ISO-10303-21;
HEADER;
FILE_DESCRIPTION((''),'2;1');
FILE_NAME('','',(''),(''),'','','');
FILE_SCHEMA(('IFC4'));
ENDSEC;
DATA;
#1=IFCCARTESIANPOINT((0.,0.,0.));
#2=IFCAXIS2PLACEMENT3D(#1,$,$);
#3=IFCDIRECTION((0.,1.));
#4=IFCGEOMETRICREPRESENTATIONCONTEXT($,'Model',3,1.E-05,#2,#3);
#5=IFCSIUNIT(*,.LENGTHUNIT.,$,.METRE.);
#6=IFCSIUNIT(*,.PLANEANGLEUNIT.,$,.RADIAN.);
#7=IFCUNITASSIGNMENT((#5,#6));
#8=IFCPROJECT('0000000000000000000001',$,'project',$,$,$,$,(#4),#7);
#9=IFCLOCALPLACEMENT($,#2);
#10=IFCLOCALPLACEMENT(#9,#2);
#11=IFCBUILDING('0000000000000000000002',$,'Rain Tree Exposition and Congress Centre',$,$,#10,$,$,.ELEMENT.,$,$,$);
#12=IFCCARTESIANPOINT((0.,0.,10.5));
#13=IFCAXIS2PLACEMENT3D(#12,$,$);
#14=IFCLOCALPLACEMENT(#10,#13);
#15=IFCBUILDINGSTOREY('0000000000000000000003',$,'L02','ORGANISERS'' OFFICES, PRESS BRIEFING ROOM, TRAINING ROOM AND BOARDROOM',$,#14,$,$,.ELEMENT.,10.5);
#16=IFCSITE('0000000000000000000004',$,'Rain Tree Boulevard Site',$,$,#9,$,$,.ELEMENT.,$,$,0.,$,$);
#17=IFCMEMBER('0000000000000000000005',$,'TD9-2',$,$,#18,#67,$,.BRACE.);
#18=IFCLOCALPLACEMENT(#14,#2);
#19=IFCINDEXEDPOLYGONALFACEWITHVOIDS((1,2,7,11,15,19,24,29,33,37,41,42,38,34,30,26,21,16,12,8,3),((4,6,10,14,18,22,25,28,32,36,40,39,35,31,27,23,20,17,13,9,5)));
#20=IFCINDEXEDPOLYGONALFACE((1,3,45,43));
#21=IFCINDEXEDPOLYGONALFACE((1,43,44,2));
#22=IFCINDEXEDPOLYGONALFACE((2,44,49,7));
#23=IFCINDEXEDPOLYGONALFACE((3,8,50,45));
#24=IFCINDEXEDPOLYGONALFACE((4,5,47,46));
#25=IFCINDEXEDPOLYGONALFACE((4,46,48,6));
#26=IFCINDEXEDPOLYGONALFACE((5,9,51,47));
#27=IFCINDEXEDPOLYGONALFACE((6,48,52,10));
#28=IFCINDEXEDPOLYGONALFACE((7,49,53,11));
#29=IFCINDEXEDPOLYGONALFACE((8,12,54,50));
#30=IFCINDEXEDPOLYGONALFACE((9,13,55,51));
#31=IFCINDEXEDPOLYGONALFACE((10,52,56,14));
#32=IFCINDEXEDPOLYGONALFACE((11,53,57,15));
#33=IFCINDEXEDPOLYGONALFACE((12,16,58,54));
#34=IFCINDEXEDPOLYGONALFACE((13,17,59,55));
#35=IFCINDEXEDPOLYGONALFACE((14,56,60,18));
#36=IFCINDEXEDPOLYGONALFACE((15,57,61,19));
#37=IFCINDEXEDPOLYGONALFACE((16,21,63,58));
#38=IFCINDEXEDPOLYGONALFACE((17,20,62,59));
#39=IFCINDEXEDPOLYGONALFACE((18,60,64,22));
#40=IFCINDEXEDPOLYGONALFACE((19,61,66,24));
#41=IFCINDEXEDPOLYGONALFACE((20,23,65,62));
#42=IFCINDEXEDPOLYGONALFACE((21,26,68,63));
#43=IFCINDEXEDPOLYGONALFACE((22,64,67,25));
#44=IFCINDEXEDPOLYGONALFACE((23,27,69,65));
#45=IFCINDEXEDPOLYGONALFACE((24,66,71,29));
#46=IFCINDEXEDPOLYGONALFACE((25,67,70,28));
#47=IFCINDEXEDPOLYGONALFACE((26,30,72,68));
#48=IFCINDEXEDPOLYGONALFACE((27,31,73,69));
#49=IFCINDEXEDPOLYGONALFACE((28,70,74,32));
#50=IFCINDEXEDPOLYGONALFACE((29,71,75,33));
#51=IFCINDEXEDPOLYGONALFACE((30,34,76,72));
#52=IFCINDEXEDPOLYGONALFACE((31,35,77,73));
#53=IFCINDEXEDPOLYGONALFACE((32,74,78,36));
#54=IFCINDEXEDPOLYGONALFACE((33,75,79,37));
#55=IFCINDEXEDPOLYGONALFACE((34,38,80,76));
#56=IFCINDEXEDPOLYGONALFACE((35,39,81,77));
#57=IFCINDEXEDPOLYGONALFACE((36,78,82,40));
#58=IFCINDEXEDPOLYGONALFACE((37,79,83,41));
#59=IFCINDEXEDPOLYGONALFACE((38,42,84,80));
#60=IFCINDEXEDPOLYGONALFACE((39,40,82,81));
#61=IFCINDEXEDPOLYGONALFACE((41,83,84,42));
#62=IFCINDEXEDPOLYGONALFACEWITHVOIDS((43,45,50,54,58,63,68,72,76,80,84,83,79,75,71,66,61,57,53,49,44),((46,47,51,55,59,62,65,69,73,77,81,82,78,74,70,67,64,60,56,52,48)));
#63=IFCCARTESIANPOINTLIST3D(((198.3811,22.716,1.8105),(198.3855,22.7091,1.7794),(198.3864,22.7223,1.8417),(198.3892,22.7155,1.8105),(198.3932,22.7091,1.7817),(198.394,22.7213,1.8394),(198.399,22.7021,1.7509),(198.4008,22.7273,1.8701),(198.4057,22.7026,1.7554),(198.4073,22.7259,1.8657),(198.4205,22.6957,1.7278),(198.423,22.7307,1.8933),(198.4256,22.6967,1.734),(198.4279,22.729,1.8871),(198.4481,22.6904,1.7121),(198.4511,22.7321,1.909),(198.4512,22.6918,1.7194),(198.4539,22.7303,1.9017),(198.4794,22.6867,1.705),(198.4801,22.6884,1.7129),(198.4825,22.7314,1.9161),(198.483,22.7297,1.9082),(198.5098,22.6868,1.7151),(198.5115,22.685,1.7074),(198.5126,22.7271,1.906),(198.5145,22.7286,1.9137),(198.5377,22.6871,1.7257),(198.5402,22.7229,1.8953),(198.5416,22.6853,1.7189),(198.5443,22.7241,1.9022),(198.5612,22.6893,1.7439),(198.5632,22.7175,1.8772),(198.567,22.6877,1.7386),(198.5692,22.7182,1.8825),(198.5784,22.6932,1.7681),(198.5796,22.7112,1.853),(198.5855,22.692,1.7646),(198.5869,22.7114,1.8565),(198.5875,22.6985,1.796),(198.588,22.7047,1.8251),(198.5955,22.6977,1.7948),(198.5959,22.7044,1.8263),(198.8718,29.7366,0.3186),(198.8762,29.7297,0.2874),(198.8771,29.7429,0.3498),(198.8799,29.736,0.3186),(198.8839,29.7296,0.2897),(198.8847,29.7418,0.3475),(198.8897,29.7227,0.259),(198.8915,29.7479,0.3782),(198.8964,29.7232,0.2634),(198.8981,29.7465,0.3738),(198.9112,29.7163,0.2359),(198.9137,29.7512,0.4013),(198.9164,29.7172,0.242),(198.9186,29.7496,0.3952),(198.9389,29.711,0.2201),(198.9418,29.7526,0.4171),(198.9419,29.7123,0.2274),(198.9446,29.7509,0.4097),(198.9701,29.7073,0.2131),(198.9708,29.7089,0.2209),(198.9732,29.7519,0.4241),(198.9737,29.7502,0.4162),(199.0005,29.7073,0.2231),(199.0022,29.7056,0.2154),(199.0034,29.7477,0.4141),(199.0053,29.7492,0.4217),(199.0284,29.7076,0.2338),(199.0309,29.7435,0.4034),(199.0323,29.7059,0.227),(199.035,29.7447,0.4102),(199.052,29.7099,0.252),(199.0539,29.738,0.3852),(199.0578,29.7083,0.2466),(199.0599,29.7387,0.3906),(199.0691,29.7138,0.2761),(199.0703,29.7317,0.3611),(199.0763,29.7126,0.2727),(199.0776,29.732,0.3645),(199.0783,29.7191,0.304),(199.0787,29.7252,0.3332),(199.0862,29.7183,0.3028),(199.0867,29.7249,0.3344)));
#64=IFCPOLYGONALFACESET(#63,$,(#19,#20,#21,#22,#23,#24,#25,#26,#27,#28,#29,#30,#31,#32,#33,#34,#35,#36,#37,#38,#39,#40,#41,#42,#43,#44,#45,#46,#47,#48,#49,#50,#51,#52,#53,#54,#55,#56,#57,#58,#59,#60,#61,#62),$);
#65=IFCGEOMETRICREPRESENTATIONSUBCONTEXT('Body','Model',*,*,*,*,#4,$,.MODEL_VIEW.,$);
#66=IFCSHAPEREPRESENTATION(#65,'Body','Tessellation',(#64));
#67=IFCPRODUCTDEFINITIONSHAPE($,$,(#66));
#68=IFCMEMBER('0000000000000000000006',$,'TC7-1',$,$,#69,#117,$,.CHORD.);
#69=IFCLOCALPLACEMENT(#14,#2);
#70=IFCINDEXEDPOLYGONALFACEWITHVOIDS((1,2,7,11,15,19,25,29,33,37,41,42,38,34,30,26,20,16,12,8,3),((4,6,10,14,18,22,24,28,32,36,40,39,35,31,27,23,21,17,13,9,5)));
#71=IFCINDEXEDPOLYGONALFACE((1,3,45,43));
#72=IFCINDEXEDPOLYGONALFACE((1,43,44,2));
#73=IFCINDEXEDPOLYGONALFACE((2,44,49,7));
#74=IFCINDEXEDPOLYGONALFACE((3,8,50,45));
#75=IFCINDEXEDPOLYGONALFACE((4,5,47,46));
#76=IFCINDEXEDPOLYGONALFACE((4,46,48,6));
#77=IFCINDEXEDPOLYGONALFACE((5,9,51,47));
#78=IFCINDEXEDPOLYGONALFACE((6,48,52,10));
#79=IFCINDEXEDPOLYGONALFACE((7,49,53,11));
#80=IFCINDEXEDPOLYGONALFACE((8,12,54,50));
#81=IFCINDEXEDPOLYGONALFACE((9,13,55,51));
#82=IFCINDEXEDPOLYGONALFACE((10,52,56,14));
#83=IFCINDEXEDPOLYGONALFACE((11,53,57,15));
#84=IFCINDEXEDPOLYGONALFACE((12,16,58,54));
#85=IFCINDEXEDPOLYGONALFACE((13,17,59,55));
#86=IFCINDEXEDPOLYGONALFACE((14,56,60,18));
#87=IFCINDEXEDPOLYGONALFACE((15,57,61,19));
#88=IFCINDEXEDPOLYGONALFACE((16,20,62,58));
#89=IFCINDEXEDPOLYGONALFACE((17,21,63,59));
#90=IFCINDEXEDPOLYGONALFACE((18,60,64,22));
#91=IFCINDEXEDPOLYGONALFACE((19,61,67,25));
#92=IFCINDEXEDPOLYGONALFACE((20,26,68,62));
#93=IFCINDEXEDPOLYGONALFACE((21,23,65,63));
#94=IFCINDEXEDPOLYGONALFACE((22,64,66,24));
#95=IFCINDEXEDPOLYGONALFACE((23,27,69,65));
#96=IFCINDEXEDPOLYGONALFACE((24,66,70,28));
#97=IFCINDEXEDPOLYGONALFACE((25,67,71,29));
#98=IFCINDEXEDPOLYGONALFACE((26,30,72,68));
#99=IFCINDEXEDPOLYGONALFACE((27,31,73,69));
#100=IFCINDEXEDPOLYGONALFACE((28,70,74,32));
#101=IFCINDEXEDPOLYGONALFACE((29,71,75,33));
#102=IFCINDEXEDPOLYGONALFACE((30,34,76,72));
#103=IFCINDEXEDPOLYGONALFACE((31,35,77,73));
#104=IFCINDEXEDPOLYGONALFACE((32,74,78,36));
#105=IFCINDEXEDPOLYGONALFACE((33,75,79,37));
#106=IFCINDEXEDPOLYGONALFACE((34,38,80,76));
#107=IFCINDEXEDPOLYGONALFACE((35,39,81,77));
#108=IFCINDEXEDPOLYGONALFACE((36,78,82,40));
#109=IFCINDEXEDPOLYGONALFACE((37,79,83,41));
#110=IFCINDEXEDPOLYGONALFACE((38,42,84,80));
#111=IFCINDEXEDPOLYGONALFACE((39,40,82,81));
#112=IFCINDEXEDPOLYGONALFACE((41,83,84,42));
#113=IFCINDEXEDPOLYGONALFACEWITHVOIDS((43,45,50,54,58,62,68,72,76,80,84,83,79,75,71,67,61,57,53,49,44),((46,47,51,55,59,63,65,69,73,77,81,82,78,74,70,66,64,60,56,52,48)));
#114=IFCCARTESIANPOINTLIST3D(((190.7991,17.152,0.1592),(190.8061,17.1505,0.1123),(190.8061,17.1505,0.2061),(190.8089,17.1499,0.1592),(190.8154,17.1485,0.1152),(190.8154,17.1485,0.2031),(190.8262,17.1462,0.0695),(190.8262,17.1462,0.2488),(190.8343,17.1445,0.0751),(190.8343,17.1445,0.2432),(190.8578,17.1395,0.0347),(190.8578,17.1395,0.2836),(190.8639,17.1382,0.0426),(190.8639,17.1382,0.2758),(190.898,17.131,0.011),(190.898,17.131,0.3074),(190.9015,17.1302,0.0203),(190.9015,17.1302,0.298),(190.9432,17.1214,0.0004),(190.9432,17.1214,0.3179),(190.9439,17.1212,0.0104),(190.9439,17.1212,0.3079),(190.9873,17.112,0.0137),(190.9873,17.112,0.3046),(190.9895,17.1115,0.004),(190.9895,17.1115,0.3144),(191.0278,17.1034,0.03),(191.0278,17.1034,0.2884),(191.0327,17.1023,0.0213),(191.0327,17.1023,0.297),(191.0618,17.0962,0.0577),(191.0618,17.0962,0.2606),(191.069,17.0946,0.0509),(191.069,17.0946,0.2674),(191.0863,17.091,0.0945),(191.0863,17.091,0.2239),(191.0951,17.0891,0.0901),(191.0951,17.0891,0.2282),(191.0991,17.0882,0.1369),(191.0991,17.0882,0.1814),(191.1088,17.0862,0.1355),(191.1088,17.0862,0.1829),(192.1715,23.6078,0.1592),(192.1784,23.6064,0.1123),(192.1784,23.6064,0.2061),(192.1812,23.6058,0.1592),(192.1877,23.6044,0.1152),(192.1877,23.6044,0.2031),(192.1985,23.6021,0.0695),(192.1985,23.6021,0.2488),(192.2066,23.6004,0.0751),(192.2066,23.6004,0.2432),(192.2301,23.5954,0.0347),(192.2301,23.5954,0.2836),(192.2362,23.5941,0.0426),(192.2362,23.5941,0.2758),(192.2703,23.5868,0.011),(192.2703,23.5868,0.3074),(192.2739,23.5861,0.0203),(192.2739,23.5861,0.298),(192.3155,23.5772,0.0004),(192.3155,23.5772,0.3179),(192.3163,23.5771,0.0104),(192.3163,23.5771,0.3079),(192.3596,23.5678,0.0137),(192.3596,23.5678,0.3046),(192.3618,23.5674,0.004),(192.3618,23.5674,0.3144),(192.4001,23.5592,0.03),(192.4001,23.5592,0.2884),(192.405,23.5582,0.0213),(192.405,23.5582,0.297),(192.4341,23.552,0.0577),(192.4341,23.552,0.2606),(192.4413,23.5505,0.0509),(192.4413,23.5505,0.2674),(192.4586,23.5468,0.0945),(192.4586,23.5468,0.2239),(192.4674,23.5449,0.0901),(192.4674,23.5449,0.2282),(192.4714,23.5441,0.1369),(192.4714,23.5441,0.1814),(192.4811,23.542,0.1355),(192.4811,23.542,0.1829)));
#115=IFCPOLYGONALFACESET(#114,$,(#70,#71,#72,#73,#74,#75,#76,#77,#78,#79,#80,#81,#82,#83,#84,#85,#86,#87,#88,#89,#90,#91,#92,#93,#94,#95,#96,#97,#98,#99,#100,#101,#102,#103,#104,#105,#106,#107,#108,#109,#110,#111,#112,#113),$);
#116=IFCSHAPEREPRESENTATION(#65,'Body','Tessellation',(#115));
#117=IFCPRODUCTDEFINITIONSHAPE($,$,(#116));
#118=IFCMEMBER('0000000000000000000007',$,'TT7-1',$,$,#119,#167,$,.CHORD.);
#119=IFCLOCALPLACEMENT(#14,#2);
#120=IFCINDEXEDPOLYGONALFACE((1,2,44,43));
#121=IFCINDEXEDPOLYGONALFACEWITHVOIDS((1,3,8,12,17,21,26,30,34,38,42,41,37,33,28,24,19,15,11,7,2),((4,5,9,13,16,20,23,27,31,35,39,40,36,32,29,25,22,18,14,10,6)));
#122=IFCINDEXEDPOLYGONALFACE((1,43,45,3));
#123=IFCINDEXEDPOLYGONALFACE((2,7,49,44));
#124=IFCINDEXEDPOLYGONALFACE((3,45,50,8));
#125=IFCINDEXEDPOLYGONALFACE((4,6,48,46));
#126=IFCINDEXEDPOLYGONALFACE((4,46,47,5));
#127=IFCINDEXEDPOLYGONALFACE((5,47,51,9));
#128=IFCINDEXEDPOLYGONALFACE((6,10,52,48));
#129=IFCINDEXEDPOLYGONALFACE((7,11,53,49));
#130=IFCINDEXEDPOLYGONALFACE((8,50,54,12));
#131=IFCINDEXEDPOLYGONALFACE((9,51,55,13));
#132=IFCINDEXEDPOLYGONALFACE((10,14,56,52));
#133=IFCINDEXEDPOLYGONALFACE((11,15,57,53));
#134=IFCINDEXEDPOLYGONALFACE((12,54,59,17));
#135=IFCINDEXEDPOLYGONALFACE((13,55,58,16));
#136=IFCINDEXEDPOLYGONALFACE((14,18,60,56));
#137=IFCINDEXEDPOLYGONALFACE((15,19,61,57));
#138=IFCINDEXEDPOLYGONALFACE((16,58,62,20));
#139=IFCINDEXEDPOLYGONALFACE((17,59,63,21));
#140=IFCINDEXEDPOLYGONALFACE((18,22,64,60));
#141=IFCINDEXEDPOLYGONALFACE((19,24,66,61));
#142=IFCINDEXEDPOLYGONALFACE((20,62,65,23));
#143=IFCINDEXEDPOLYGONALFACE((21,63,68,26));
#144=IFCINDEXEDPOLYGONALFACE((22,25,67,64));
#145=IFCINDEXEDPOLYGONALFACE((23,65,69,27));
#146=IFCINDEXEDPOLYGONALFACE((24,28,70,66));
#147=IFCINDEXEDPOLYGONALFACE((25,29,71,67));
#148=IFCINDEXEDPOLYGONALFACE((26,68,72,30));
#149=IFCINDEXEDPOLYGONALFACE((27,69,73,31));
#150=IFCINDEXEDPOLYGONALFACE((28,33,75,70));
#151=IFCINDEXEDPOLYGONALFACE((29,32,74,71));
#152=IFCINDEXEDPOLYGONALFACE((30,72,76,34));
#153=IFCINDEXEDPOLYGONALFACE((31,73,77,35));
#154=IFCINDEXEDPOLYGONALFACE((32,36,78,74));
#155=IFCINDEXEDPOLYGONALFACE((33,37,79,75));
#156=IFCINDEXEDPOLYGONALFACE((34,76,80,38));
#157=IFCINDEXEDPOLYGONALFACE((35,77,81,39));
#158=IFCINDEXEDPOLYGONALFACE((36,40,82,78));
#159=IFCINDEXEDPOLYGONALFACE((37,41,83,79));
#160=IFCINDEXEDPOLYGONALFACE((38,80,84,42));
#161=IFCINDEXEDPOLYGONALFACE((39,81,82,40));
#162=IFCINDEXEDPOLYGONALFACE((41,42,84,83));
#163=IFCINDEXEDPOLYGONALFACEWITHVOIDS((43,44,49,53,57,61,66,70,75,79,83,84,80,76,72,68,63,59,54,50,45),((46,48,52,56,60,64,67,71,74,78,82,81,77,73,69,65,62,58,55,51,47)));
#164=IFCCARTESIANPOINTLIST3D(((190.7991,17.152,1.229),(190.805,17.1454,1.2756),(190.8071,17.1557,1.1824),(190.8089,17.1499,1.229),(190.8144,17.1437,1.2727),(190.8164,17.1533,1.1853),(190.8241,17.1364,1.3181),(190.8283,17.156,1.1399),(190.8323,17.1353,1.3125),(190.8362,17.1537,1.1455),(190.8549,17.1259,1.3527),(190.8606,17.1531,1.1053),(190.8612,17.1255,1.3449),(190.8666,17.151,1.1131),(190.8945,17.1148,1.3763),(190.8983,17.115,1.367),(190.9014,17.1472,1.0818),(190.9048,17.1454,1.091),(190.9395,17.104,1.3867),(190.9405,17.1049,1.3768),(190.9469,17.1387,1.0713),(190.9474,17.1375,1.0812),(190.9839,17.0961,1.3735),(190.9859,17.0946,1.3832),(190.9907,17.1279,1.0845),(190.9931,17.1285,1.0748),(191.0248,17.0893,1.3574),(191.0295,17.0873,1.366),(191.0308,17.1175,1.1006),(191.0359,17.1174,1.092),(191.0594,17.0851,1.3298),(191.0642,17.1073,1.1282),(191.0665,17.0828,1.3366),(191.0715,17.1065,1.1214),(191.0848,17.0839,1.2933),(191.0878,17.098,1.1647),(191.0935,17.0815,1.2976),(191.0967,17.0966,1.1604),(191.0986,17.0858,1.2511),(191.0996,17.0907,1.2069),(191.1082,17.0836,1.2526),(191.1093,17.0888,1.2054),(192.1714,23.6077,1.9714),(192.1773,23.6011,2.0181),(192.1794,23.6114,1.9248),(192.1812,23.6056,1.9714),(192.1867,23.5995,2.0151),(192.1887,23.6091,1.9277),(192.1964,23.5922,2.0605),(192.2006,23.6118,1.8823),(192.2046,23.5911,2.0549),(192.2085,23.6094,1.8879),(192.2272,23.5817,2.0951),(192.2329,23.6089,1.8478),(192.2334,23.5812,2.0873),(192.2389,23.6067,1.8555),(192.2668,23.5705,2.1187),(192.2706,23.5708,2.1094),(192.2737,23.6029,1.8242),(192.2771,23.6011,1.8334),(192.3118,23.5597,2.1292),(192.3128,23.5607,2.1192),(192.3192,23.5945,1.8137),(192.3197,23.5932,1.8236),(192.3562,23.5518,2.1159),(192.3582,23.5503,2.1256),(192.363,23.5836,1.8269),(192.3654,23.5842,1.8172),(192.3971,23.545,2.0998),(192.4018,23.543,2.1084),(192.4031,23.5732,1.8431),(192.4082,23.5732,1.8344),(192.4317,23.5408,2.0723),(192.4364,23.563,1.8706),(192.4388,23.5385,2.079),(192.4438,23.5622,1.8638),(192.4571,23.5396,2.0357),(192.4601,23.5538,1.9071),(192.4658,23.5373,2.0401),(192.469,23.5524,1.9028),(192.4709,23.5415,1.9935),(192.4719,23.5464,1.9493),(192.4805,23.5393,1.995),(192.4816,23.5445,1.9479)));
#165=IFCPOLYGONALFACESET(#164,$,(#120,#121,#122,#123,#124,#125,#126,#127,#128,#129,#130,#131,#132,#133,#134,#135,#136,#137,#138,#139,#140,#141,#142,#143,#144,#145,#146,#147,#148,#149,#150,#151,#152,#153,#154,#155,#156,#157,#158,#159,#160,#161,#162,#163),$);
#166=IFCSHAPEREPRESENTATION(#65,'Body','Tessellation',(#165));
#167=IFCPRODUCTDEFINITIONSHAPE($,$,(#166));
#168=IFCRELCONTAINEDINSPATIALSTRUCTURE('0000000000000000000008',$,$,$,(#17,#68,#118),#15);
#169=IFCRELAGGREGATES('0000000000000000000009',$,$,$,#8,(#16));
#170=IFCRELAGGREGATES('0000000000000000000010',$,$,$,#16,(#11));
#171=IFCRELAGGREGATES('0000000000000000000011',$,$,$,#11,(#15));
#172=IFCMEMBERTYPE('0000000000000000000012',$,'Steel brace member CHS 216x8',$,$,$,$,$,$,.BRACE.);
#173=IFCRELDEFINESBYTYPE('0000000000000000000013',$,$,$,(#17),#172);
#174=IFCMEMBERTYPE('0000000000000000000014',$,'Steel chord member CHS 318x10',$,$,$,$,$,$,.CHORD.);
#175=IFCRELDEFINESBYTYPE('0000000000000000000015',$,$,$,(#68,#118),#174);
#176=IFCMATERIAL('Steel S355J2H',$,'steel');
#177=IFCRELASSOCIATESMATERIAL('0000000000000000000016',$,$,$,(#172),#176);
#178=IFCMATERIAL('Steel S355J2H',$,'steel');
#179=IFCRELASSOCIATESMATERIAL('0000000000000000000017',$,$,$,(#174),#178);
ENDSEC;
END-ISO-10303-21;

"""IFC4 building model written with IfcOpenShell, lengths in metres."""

from ifc_helpers import new_model, si_unit, direction, frame, origin, origin_2d, place, context, subcontext, project, spatial, hollow_circle, extrude, material, material_profile, profile_set, type_object, element, save


model = new_model("IFC4")

# Units and contexts
model_context = context("Model", 3, precision=1e-05, world=origin(), true_north=direction((0.0, 1.0)))
body_context = subcontext(model_context, "Body", "Model", "MODEL_VIEW")
ifc_project = project(units=[si_unit("LENGTHUNIT", "METRE"), si_unit("PLANEANGLEUNIT", "RADIAN")], contexts=[model_context])

# Site, building, storey
site_placement = place(None, origin())
site = spatial("IfcSite", under=ifc_project, at=site_placement, Name="Rain Tree Boulevard Site", CompositionType="ELEMENT", RefElevation=0.0)
building_placement = place(site_placement, origin())
building = spatial("IfcBuilding", under=site, at=building_placement, Name="Rain Tree Exposition and Congress Centre", CompositionType="ELEMENT")
storey_placement = place(building_placement, frame((0.0, 0.0, 10.5)))
storey = spatial("IfcBuildingStorey", under=building, at=storey_placement, Name="L02", Description="ORGANISERS' OFFICES, PRESS BRIEFING ROOM, TRAINING ROOM AND BOARDROOM", CompositionType="ELEMENT", Elevation=10.5)

# Members
ifc_material_1 = material(Name="Steel S355J2H", Category="steel")
ifc_material_profile_1 = material_profile(ifc_material_1, hollow_circle(Radius=0.1082, WallThickness=0.0081, at=origin_2d()), Name="CHS 216x8")
ifc_profile_set_1 = profile_set([ifc_material_profile_1], Name="Steel S355J2H")
member_type_1 = type_object("IfcMemberType", Name="Steel brace member CHS 216x8", PredefinedType="BRACE", material=ifc_profile_set_1)
member_1_placement = place(storey_placement, frame((198.489, 22.7085, 1.8105), z_axis=(0.068212, 0.975878, -0.207386), x_axis=(-0.997566, 0.069728, 0.0)))
element("IfcMember", 1, at=member_1_placement, inside=storey, type_object=member_type_1, Name="TD9-2", PredefinedType="BRACE", context=body_context, shape_type="SweptSolid", body=[
    extrude(hollow_circle(Radius=0.1082, WallThickness=0.0081, at=origin_2d()), origin(), (0.0, 0.0, 1.0), 7.1941),
])
ifc_material_2 = material(Name="Steel S355J2H", Category="steel")
ifc_material_profile_2 = material_profile(ifc_material_2, hollow_circle(Radius=0.1592, WallThickness=0.01, at=origin_2d()), Name="CHS 318x10")
ifc_profile_set_2 = profile_set([ifc_material_profile_2], Name="Steel S355J2H")
member_type_2 = type_object("IfcMemberType", Name="Steel chord member CHS 318x10", PredefinedType="CHORD", material=ifc_profile_set_2)
member_2_placement = place(storey_placement, frame((190.9548, 17.1189, 0.1592), z_axis=(0.207925, 0.978145, 0.0), x_axis=(-0.978145, 0.207925, 0.0)))
element("IfcMember", 2, at=member_2_placement, inside=storey, type_object=member_type_2, Name="TC7-1", PredefinedType="CHORD", context=body_context, shape_type="SweptSolid", body=[
    extrude(hollow_circle(Radius=0.1592, WallThickness=0.01, at=origin_2d()), origin(), (0.0, 0.0, 1.0), 6.6001),
])
member_3_placement = place(storey_placement, frame((190.9548, 17.1189, 1.229), z_axis=(0.206622, 0.972014, 0.111784), x_axis=(-0.978145, 0.207925, 0.0)))
element("IfcMember", 3, at=member_3_placement, inside=storey, type_object=member_type_2, Name="TT7-1", PredefinedType="CHORD", context=body_context, shape_type="SweptSolid", body=[
    extrude(hollow_circle(Radius=0.1592, WallThickness=0.01, at=origin_2d()), origin(), (0.0, 0.0, 1.0), 6.6416),
])

save(model, "model.ifc")
